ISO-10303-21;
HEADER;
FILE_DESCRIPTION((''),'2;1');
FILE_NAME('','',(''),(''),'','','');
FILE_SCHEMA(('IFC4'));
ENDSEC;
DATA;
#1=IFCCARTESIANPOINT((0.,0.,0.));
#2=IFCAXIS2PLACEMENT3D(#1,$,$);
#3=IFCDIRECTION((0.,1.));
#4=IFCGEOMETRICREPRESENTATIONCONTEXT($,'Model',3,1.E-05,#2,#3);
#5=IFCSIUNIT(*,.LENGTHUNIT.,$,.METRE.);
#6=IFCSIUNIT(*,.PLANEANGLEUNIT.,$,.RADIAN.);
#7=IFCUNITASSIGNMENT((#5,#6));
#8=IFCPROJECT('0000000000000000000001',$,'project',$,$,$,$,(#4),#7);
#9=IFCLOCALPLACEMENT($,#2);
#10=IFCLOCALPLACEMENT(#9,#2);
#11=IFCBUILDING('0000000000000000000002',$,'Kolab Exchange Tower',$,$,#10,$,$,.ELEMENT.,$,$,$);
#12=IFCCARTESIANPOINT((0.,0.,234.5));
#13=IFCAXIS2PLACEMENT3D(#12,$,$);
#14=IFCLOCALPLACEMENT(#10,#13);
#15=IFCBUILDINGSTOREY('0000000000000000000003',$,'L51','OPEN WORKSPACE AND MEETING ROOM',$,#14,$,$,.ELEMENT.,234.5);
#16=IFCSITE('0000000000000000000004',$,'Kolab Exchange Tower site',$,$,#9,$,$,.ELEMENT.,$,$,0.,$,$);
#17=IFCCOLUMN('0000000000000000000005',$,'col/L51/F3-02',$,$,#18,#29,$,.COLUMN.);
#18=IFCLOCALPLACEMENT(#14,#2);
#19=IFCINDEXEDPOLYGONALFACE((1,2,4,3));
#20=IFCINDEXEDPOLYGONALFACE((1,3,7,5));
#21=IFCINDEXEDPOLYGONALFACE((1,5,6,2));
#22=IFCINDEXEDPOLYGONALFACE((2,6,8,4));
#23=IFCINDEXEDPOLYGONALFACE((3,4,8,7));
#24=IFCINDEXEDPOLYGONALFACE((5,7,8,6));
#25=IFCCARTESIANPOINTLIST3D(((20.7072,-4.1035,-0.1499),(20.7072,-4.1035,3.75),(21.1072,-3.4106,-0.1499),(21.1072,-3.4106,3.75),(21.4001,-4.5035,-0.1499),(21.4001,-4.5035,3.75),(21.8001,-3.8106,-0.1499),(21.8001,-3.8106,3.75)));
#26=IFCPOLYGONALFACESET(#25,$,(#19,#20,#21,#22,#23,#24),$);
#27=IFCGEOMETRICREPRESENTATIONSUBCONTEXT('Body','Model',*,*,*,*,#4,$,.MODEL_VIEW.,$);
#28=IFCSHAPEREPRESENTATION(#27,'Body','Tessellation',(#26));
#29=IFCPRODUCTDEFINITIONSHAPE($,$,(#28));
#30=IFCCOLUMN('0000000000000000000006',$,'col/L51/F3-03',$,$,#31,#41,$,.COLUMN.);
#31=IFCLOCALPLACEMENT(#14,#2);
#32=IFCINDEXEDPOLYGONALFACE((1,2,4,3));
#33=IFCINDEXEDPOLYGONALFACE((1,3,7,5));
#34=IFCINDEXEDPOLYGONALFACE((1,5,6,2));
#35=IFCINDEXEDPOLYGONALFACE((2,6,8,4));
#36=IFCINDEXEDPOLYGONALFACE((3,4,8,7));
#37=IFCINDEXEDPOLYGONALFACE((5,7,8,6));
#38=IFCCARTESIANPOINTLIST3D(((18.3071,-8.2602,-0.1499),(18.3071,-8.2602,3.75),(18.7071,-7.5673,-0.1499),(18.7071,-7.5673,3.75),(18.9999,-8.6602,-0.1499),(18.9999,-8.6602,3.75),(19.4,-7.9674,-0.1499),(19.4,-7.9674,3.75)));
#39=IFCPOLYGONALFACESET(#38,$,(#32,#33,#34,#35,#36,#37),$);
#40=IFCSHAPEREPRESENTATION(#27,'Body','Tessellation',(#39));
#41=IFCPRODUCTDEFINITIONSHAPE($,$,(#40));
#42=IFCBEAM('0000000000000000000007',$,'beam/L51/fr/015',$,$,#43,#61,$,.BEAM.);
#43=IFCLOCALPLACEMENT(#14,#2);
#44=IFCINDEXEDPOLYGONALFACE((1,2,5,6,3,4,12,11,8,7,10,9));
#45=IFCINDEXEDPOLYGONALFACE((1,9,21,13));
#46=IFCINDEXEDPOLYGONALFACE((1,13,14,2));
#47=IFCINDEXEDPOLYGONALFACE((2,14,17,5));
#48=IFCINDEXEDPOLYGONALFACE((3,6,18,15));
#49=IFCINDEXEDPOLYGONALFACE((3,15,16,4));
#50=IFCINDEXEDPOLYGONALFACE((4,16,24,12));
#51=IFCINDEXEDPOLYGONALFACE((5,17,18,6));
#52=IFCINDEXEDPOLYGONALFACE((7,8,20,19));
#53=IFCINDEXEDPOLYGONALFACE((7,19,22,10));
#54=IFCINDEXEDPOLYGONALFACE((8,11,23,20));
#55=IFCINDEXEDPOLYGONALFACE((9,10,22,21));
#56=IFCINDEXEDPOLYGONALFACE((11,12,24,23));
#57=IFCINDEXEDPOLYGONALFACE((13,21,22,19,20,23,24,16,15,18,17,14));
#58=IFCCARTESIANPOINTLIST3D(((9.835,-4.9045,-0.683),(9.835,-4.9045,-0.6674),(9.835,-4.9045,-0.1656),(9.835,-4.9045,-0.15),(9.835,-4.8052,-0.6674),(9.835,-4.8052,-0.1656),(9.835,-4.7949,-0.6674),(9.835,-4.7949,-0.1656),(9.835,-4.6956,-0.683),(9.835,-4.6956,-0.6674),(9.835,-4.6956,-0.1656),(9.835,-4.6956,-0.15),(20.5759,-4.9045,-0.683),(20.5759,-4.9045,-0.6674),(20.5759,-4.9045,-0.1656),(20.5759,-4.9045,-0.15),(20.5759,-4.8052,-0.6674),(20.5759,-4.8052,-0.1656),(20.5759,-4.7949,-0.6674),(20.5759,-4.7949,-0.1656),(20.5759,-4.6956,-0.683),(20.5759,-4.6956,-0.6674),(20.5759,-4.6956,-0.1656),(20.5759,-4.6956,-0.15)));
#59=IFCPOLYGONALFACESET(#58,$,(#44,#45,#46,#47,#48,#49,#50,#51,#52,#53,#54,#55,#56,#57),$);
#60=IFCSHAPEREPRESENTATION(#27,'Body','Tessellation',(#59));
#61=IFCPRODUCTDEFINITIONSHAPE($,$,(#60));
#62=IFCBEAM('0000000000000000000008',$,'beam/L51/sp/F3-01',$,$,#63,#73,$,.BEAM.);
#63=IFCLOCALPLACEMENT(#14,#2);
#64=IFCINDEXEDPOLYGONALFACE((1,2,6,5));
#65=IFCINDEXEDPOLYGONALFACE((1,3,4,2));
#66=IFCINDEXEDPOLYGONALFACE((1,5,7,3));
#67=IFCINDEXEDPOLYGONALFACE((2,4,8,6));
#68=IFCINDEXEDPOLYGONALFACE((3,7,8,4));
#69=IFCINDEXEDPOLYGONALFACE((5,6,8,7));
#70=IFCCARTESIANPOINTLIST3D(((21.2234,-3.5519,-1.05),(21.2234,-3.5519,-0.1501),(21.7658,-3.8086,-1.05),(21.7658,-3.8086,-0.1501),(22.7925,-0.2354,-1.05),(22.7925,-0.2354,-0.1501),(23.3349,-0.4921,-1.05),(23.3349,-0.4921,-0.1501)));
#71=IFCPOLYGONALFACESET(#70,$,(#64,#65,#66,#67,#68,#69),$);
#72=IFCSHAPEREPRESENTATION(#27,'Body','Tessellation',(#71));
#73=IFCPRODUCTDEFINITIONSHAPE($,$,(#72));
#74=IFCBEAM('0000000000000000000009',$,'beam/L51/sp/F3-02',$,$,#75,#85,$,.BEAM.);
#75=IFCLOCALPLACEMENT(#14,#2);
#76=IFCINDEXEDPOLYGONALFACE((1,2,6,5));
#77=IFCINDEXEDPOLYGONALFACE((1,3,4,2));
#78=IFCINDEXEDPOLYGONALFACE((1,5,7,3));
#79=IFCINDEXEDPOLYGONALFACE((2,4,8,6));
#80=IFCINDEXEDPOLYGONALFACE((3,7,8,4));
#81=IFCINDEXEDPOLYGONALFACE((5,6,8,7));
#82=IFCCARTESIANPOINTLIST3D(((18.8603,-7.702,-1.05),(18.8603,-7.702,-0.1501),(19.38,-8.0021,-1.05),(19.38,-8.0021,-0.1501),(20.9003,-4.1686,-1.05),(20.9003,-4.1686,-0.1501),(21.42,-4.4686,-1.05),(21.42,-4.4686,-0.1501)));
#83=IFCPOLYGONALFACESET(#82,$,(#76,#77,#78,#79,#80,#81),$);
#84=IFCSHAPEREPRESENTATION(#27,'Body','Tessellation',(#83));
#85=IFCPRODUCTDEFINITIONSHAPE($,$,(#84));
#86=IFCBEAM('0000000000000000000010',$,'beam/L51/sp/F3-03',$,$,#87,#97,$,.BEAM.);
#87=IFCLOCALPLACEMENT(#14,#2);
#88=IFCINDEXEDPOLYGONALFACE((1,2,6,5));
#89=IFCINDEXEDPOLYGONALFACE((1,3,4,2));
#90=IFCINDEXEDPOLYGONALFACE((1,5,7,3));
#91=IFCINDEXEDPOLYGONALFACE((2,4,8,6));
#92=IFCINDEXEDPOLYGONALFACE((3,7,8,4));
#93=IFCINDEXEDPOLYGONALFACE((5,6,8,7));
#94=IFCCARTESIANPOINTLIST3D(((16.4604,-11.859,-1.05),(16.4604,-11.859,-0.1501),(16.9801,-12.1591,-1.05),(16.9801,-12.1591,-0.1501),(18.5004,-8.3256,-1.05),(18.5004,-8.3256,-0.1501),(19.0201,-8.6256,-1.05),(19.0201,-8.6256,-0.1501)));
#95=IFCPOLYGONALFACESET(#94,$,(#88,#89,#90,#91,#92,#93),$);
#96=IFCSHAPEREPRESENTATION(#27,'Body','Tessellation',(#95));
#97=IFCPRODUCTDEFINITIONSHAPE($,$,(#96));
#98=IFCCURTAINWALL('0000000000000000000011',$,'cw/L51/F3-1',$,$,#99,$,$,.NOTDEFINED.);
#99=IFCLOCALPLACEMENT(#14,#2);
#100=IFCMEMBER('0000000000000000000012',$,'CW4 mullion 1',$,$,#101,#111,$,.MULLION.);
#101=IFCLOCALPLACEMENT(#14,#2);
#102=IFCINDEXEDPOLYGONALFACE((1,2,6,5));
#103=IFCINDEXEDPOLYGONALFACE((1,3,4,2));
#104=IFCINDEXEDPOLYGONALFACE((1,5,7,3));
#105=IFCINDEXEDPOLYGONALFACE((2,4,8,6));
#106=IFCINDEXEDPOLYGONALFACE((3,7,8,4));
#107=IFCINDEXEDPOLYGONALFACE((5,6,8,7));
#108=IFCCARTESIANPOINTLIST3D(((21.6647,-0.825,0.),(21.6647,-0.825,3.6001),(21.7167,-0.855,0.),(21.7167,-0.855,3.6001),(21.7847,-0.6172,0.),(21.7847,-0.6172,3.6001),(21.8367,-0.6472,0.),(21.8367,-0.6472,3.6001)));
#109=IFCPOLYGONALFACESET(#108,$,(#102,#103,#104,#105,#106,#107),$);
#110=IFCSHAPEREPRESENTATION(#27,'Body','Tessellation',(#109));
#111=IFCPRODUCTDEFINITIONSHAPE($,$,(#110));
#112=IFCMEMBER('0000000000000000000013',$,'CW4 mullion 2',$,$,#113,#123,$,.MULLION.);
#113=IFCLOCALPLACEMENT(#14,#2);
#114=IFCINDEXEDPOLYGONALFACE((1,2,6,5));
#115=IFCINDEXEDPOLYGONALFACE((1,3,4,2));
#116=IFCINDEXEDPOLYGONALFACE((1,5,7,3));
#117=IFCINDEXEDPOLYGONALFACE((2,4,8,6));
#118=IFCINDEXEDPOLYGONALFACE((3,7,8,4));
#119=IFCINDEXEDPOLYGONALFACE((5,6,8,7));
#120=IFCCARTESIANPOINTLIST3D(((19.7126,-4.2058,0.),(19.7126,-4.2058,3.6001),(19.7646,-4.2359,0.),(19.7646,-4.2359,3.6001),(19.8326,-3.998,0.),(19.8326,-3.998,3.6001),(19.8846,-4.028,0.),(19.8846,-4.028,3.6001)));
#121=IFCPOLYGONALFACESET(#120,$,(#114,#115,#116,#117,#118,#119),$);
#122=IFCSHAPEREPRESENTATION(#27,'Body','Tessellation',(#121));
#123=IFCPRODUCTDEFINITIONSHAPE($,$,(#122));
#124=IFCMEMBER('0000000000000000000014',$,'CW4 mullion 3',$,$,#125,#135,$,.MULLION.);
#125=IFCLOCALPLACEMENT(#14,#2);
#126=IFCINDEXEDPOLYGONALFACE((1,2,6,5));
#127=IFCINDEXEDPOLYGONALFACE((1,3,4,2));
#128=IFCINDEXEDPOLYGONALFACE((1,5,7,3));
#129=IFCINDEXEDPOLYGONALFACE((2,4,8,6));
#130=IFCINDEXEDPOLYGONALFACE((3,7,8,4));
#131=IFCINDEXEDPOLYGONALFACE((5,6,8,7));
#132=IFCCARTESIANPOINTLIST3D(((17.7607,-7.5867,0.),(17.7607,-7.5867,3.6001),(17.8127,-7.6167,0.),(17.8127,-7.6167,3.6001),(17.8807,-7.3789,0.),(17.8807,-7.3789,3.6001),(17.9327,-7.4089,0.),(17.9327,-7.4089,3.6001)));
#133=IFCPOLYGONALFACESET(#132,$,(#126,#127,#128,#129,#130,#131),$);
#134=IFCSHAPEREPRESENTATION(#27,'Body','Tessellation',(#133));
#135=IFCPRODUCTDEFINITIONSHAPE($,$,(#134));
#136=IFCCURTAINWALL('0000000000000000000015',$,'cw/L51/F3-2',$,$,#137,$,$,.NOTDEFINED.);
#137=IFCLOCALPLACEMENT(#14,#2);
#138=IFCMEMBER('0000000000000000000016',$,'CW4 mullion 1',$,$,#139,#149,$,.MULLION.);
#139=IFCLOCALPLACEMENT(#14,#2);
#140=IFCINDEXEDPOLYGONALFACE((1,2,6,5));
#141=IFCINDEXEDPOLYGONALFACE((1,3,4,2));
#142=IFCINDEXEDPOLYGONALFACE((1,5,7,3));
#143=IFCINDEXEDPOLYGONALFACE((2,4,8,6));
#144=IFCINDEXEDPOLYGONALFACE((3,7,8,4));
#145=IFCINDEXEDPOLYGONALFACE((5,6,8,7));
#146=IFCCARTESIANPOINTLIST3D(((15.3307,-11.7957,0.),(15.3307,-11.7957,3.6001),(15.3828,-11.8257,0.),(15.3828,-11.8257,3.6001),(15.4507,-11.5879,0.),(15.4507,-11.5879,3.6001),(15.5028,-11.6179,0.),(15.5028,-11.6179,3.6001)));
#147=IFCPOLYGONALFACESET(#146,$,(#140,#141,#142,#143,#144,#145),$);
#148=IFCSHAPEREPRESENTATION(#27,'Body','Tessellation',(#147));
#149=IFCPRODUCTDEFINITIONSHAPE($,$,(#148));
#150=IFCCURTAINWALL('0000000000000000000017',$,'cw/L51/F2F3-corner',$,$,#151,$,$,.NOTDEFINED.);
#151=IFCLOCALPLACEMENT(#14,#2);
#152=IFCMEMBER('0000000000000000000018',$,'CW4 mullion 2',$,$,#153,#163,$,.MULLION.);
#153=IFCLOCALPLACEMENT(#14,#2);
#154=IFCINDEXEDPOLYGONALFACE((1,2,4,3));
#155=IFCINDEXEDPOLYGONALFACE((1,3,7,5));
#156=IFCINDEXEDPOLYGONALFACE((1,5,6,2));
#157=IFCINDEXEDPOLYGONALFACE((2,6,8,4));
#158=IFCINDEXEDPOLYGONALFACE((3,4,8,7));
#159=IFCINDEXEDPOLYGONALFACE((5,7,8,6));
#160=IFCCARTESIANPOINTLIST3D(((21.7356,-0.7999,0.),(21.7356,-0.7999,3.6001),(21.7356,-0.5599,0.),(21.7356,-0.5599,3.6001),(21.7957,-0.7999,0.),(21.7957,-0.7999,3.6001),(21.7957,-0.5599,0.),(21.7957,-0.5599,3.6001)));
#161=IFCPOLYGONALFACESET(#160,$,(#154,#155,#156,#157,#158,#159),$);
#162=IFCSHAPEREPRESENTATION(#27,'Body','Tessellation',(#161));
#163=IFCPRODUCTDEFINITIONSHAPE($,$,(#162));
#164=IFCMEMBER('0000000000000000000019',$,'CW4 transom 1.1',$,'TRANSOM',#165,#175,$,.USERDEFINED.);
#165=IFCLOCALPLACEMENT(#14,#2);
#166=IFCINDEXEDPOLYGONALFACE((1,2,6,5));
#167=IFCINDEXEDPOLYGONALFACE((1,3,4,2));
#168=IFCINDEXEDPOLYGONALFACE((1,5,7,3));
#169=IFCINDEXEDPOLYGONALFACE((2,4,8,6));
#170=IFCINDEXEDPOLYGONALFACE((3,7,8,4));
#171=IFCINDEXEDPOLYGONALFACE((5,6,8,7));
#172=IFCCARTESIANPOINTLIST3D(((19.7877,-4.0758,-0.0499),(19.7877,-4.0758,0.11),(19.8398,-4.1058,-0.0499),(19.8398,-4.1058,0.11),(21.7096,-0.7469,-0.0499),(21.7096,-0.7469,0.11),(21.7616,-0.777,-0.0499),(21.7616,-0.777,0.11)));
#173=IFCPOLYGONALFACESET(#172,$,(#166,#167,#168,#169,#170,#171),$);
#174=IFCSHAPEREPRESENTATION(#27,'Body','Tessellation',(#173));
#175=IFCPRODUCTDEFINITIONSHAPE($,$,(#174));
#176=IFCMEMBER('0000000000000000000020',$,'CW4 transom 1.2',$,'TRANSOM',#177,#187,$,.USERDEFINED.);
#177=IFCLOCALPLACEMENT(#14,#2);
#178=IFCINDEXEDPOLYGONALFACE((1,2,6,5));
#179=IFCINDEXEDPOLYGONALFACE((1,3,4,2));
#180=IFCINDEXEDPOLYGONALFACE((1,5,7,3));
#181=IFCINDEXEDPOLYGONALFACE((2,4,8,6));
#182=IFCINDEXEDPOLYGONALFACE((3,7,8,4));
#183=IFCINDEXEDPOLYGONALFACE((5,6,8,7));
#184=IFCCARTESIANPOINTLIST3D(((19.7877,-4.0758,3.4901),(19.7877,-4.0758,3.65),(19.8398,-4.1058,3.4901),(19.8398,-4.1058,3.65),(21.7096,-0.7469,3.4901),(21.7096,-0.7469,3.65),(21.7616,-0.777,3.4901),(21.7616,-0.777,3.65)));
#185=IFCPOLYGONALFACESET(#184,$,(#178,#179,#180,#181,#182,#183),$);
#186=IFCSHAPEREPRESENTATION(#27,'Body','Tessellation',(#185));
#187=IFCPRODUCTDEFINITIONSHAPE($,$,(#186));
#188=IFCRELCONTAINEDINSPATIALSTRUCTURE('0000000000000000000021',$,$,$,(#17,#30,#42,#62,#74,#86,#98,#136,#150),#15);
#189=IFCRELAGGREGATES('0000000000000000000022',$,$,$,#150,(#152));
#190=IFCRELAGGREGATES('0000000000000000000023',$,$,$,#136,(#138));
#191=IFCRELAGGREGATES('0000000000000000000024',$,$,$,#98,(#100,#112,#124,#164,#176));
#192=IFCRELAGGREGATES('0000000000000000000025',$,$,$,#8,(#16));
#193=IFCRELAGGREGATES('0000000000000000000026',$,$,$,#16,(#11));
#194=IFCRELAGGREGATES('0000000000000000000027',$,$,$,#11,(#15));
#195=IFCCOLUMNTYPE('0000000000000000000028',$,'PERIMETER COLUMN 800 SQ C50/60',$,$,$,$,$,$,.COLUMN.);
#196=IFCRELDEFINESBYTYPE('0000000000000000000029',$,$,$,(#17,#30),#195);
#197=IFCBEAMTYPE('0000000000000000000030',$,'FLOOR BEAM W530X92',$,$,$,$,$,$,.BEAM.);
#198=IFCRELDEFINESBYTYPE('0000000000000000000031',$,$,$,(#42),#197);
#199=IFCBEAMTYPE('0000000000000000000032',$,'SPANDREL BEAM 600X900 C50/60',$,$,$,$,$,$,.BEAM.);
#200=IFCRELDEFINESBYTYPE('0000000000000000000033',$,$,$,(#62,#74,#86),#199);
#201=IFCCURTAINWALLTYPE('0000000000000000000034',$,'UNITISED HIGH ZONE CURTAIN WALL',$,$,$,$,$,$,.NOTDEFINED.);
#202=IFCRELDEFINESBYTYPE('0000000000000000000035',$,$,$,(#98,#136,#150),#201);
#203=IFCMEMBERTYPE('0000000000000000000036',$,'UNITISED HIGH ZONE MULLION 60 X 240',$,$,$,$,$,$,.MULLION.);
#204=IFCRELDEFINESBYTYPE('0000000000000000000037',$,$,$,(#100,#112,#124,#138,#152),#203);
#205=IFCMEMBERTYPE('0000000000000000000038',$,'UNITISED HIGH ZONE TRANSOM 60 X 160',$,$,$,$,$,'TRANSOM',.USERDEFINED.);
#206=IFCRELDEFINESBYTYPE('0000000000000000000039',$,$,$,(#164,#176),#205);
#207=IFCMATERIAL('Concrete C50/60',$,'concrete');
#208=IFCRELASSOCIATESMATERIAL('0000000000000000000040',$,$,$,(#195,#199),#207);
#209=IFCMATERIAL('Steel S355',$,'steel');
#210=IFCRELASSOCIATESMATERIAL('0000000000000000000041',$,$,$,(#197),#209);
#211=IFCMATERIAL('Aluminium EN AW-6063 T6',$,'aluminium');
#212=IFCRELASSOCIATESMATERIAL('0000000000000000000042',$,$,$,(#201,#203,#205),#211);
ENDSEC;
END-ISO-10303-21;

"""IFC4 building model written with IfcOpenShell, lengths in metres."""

from ifc_helpers import new_model, si_unit, direction, frame, origin, origin_2d, place, context, subcontext, project, spatial, rectangle, i_section, extrude, material, material_profile, profile_set, type_object, element, aggregate, save


model = new_model("IFC4")

# Units and contexts
model_context = context("Model", 3, precision=1e-05, world=origin(), true_north=direction((0.0, 1.0)))
body_context = subcontext(model_context, "Body", "Model", "MODEL_VIEW")
ifc_project = project(units=[si_unit("LENGTHUNIT", "METRE"), si_unit("PLANEANGLEUNIT", "RADIAN")], contexts=[model_context])

# Site, building, storey
site_placement = place(None, origin())
site = spatial("IfcSite", under=ifc_project, at=site_placement, Name="Kolab Exchange Tower site", CompositionType="ELEMENT", RefElevation=0.0)
building_placement = place(site_placement, origin())
building = spatial("IfcBuilding", under=site, at=building_placement, Name="Kolab Exchange Tower", CompositionType="ELEMENT")
storey_placement = place(building_placement, frame((0.0, 0.0, 234.5)))
storey = spatial("IfcBuildingStorey", under=building, at=storey_placement, Name="L51", Description="OPEN WORKSPACE AND MEETING ROOM", CompositionType="ELEMENT", Elevation=234.5)

# Columns
ifc_material_1 = material(Name="Concrete C50/60", Category="concrete")
ifc_material_profile_1 = material_profile(ifc_material_1, rectangle(XDim=0.8, YDim=0.8, at=origin_2d()), Name="RC800")
ifc_profile_set_1 = profile_set([ifc_material_profile_1], Name="Concrete C50/60")
column_type = type_object("IfcColumnType", Name="PERIMETER COLUMN 800 SQ C50/60", PredefinedType="COLUMN", material=ifc_profile_set_1)
for number, where, z_axis, x_axis, name in (
    (1, (21.2537, -3.957, -0.1499), (0.0, 0.0, 1.0), (0.5, 0.866025, 0.0), "col/L51/F3-02"),
    (2, (18.8535, -8.1138, -0.1499), (0.0, 0.0, 1.0), (0.5, 0.866025, 0.0), "col/L51/F3-03"),
):
    element("IfcColumn", number, at=place(storey_placement, frame(where, z_axis=z_axis, x_axis=x_axis)), inside=storey, type_object=column_type, Name=name, PredefinedType="COLUMN", context=body_context, shape_type="SweptSolid", body=[
        extrude(rectangle(XDim=0.8, YDim=0.8, at=origin_2d()), origin(), (0.0, 0.0, 1.0), 3.8999),
    ])

# Beams
ifc_material_2 = material(Name="Steel S355", Category="steel")
ifc_material_profile_2 = material_profile(ifc_material_2, i_section(OverallWidth=0.209, OverallDepth=0.533, WebThickness=0.0103, FlangeThickness=0.0156, at=origin_2d()), Name="W530X92")
ifc_profile_set_2 = profile_set([ifc_material_profile_2], Name="Steel S355")
beam_type_1 = type_object("IfcBeamType", Name="FLOOR BEAM W530X92", PredefinedType="BEAM", material=ifc_profile_set_2)
beam_1_placement = place(storey_placement, frame((9.835, -4.8, -0.4165), z_axis=(1.0, 0.0, 0.0), x_axis=(0.0, 1.0, 0.0)))
element("IfcBeam", 3, at=beam_1_placement, inside=storey, type_object=beam_type_1, Name="beam/L51/fr/015", PredefinedType="BEAM", context=body_context, shape_type="SweptSolid", body=[
    extrude(i_section(OverallWidth=0.209, OverallDepth=0.533, WebThickness=0.0103, FlangeThickness=0.0156, at=origin_2d()), origin(), (0.0, 0.0, 1.0), 10.741),
])
ifc_material_profile_3 = material_profile(ifc_material_1, rectangle(XDim=0.6001, YDim=0.8999, at=origin_2d()), Name="RC600X900")
ifc_profile_set_3 = profile_set([ifc_material_profile_3], Name="Concrete C50/60")
beam_type_2 = type_object("IfcBeamType", Name="SPANDREL BEAM 600X900 C50/60", PredefinedType="BEAM", material=ifc_profile_set_3)
beam_2_placement = place(storey_placement, frame((23.0637, -0.3638, -0.6001), z_axis=(-0.427677, -0.903932, 0.0), x_axis=(0.903932, -0.427677, 0.0)))
element("IfcBeam", 4, at=beam_2_placement, inside=storey, type_object=beam_type_2, Name="beam/L51/sp/F3-01", PredefinedType="BEAM", context=body_context, shape_type="SweptSolid", body=[
    extrude(rectangle(XDim=0.6001, YDim=0.8999, at=origin_2d()), origin(), (0.0, 0.0, 1.0), 3.6689),
])
for number, where, z_axis, x_axis, name in (
    (5, (21.1602, -4.3186, -0.6001), (-0.5, -0.866025, 0.0), (0.866025, -0.5, 0.0), "beam/L51/sp/F3-02"),
    (6, (18.7603, -8.4756, -0.6001), (-0.5, -0.866025, 0.0), (0.866025, -0.5, 0.0), "beam/L51/sp/F3-03"),
):
    element("IfcBeam", number, at=place(storey_placement, frame(where, z_axis=z_axis, x_axis=x_axis)), inside=storey, type_object=beam_type_2, Name=name, PredefinedType="BEAM", context=body_context, shape_type="SweptSolid", body=[
        extrude(rectangle(XDim=0.6001, YDim=0.8999, at=origin_2d()), origin(), (0.0, 0.0, 1.0), 4.0801),
    ])

# Curtain wall, members
ifc_material_3 = material(Name="Aluminium EN AW-6063 T6", Category="aluminium")
curtain_wall_type = type_object("IfcCurtainWallType", Name="UNITISED HIGH ZONE CURTAIN WALL", PredefinedType="NOTDEFINED", material=ifc_material_3)
curtain_wall_1_placement = place(storey_placement, origin())
curtain_wall_1 = element("IfcCurtainWall", 7, at=curtain_wall_1_placement, inside=storey, type_object=curtain_wall_type, Name="cw/L51/F3-1", PredefinedType="NOTDEFINED")
ifc_material_profile_4 = material_profile(ifc_material_3, rectangle(XDim=0.0601, YDim=0.24, at=origin_2d()), Name="RECT 60X240")
ifc_profile_set_4 = profile_set([ifc_material_profile_4], Name="Aluminium EN AW-6063 T6")
member_type_1 = type_object("IfcMemberType", Name="UNITISED HIGH ZONE MULLION 60 X 240", PredefinedType="MULLION", material=ifc_profile_set_4)
member_1_placement = place(storey_placement, frame((21.7507, -0.7361, 0.0), z_axis=(0.0, 0.0, 1.0), x_axis=(0.866025, -0.5, 0.0)))
member_1 = element("IfcMember", 8, at=member_1_placement, type_object=member_type_1, Name="CW4 mullion 1", PredefinedType="MULLION", context=body_context, shape_type="SweptSolid", body=[
    extrude(rectangle(XDim=0.0601, YDim=0.24, at=origin_2d()), origin(), (0.0, 0.0, 1.0), 3.6001),
])
member_2_placement = place(storey_placement, frame((19.7986, -4.1169, 0.0), z_axis=(0.0, 0.0, 1.0), x_axis=(0.866025, -0.5, 0.0)))
member_2 = element("IfcMember", 9, at=member_2_placement, type_object=member_type_1, Name="CW4 mullion 2", PredefinedType="MULLION", context=body_context, shape_type="SweptSolid", body=[
    extrude(rectangle(XDim=0.0601, YDim=0.24, at=origin_2d()), origin(), (0.0, 0.0, 1.0), 3.6001),
])
member_3_placement = place(storey_placement, frame((17.8467, -7.4978, 0.0), z_axis=(0.0, 0.0, 1.0), x_axis=(0.866025, -0.5, 0.0)))
member_3 = element("IfcMember", 10, at=member_3_placement, type_object=member_type_1, Name="CW4 mullion 3", PredefinedType="MULLION", context=body_context, shape_type="SweptSolid", body=[
    extrude(rectangle(XDim=0.0601, YDim=0.24, at=origin_2d()), origin(), (0.0, 0.0, 1.0), 3.6001),
])

# Curtain walls, members
curtain_wall_2_placement = place(storey_placement, origin())
curtain_wall_2 = element("IfcCurtainWall", 11, at=curtain_wall_2_placement, inside=storey, type_object=curtain_wall_type, Name="cw/L51/F3-2", PredefinedType="NOTDEFINED")
member_4_placement = place(storey_placement, frame((15.4167, -11.7068, 0.0), z_axis=(0.0, 0.0, 1.0), x_axis=(0.866025, -0.5, 0.0)))
member_4 = element("IfcMember", 12, at=member_4_placement, type_object=member_type_1, Name="CW4 mullion 1", PredefinedType="MULLION", context=body_context, shape_type="SweptSolid", body=[
    extrude(rectangle(XDim=0.0601, YDim=0.24, at=origin_2d()), origin(), (0.0, 0.0, 1.0), 3.6001),
])
curtain_wall_3_placement = place(storey_placement, origin())
curtain_wall_3 = element("IfcCurtainWall", 13, at=curtain_wall_3_placement, inside=storey, type_object=curtain_wall_type, Name="cw/L51/F2F3-corner", PredefinedType="NOTDEFINED")
member_5_placement = place(storey_placement, frame((21.7656, -0.6799, 0.0), z_axis=(0.0, 0.0, 1.0), x_axis=(1.0, 0.0, 0.0)))
member_5 = element("IfcMember", 14, at=member_5_placement, type_object=member_type_1, Name="CW4 mullion 2", PredefinedType="MULLION", context=body_context, shape_type="SweptSolid", body=[
    extrude(rectangle(XDim=0.0601, YDim=0.24, at=origin_2d()), origin(), (0.0, 0.0, 1.0), 3.6001),
])
aggregate(curtain_wall_3, [member_5])

# Members
ifc_material_profile_5 = material_profile(ifc_material_3, rectangle(XDim=0.0601, YDim=0.1599, at=origin_2d()), Name="RECT 60X160")
ifc_profile_set_5 = profile_set([ifc_material_profile_5], Name="Aluminium EN AW-6063 T6")
member_type_2 = type_object("IfcMemberType", Name="UNITISED HIGH ZONE TRANSOM 60 X 160", ElementType="TRANSOM", PredefinedType="USERDEFINED", material=ifc_profile_set_5)
member_6_placement = place(storey_placement, frame((21.7356, -0.762, 0.03), z_axis=(-0.499992, -0.86603, 0.0), x_axis=(0.86603, -0.499992, 0.0)))
member_6 = element("IfcMember", 15, at=member_6_placement, type_object=member_type_2, Name="CW4 transom 1.1", ObjectType="TRANSOM", PredefinedType="USERDEFINED", context=body_context, shape_type="SweptSolid", body=[
    extrude(rectangle(XDim=0.0601, YDim=0.1599, at=origin_2d()), origin(), (0.0, 0.0, 1.0), 3.8438),
])
member_7_placement = place(storey_placement, frame((21.7356, -0.762, 3.5701), z_axis=(-0.499992, -0.86603, 0.0), x_axis=(0.86603, -0.499992, 0.0)))
member_7 = element("IfcMember", 16, at=member_7_placement, type_object=member_type_2, Name="CW4 transom 1.2", ObjectType="TRANSOM", PredefinedType="USERDEFINED", context=body_context, shape_type="SweptSolid", body=[
    extrude(rectangle(XDim=0.0601, YDim=0.1599, at=origin_2d()), origin(), (0.0, 0.0, 1.0), 3.8438),
])
aggregate(curtain_wall_2, [member_4])

aggregate(curtain_wall_1, [member_1, member_2, member_3, member_6, member_7])

save(model, "model.ifc")
